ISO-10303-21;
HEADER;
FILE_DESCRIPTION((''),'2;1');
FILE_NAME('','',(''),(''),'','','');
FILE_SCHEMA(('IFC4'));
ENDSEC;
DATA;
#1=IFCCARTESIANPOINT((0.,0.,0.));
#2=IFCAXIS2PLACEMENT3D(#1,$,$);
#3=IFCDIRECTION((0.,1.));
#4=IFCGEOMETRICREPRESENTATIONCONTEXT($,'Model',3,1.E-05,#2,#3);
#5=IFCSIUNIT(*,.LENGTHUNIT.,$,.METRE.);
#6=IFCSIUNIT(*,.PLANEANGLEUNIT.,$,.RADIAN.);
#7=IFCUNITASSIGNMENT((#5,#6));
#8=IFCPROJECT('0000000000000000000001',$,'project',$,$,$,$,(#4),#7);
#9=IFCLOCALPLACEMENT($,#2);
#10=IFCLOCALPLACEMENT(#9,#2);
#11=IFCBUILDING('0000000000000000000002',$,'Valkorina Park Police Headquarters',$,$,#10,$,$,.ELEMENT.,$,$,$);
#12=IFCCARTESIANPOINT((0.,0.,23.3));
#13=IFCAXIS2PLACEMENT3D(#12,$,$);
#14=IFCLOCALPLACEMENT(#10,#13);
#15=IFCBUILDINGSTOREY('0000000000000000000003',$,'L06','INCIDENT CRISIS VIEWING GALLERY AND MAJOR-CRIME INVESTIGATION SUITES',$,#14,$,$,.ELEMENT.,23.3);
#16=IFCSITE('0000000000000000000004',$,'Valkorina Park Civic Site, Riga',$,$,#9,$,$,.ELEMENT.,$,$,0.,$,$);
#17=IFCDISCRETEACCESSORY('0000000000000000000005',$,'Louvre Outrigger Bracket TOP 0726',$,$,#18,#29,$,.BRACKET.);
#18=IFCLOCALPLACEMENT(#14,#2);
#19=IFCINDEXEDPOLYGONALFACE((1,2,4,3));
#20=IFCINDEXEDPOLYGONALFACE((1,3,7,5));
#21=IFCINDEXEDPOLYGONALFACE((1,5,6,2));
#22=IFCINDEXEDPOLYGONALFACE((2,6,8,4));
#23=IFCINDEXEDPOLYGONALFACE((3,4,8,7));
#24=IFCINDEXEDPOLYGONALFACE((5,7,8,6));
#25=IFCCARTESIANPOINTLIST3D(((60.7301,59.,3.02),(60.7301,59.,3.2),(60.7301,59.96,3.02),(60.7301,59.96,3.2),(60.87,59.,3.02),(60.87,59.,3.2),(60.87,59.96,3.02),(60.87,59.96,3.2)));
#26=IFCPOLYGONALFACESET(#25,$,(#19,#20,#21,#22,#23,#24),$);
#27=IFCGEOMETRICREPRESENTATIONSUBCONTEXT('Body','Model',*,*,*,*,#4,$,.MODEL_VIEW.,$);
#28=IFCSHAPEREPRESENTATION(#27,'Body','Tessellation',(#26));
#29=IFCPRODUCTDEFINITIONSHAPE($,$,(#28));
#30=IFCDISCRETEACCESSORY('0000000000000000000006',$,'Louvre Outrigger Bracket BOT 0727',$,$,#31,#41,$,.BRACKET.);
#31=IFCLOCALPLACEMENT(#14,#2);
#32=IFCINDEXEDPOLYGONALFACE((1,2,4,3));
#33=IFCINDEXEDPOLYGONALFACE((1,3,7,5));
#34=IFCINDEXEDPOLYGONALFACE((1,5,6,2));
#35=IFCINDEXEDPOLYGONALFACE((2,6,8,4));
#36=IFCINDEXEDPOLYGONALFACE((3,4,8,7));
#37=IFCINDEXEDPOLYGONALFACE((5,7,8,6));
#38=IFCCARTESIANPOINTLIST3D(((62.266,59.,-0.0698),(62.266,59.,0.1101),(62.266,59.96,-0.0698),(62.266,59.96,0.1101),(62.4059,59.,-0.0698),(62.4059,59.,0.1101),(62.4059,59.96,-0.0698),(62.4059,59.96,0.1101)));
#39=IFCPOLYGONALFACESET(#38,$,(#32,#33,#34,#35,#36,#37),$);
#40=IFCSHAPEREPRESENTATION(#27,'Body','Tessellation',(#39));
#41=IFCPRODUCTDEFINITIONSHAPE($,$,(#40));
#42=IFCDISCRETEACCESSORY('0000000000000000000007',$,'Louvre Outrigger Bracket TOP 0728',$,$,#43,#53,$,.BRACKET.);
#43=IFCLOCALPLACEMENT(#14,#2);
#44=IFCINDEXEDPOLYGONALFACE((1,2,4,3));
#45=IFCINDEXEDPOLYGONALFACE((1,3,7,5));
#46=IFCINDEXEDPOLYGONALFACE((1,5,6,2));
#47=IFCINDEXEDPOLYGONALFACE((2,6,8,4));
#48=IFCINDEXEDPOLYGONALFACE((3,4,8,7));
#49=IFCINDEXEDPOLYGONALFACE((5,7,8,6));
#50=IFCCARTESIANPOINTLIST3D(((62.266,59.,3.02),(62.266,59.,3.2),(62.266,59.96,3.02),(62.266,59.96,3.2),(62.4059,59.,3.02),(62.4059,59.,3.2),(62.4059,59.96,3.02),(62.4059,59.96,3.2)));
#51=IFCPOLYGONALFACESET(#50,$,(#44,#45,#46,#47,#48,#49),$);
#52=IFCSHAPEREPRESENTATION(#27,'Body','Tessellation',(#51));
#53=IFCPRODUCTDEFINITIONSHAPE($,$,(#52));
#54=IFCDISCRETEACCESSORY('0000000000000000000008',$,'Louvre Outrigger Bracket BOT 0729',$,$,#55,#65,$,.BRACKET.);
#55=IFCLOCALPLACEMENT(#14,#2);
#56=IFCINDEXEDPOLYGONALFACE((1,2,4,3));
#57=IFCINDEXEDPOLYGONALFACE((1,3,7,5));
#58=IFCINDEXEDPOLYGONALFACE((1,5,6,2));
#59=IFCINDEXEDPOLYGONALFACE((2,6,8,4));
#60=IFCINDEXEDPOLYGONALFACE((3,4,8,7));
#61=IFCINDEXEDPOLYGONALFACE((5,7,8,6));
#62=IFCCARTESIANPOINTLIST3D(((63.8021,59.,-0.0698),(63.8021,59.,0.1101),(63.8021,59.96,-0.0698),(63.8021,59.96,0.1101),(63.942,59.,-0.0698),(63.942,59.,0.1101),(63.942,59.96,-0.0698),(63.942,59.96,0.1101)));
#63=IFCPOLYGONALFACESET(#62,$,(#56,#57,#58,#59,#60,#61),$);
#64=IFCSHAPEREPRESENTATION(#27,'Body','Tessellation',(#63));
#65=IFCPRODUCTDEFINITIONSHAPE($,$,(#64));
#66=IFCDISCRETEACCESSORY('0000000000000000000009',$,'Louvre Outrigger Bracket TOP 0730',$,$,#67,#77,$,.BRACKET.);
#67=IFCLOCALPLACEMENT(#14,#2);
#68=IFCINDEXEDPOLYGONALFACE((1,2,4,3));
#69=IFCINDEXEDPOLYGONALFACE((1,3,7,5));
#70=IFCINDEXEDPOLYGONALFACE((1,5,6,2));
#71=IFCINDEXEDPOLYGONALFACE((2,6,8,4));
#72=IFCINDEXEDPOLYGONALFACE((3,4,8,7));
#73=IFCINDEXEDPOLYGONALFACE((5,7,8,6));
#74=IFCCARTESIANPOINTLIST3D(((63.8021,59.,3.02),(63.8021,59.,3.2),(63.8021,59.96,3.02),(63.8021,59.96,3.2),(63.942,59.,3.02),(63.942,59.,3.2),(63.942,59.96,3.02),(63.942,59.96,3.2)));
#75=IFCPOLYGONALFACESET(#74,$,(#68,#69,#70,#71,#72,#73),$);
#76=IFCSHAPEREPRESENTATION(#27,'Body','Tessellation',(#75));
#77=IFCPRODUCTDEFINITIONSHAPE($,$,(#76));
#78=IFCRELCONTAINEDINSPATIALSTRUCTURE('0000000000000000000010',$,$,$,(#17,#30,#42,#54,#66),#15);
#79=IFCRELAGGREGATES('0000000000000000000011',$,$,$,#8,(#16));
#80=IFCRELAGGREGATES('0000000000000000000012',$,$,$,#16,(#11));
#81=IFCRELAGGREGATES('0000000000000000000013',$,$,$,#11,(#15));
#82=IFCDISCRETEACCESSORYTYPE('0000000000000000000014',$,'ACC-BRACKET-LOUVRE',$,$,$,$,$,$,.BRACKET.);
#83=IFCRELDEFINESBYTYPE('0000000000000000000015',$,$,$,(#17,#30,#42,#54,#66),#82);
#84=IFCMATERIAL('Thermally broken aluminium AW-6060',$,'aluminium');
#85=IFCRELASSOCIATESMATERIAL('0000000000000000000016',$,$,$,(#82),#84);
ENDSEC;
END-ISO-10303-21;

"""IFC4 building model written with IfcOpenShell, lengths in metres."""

from ifc_helpers import new_model, si_unit, direction, frame, origin, origin_2d, place, context, subcontext, project, spatial, rectangle, extrude, material, type_object, element, save


model = new_model("IFC4")

# Units and contexts
model_context = context("Model", 3, precision=1e-05, world=origin(), true_north=direction((0.0, 1.0)))
body_context = subcontext(model_context, "Body", "Model", "MODEL_VIEW")
ifc_project = project(units=[si_unit("LENGTHUNIT", "METRE"), si_unit("PLANEANGLEUNIT", "RADIAN")], contexts=[model_context])

# Site, building, storey
site_placement = place(None, origin())
site = spatial("IfcSite", under=ifc_project, at=site_placement, Name="Valkorina Park Civic Site, Riga", CompositionType="ELEMENT", RefElevation=0.0)
building_placement = place(site_placement, origin())
building = spatial("IfcBuilding", under=site, at=building_placement, Name="Valkorina Park Police Headquarters", CompositionType="ELEMENT")
storey_placement = place(building_placement, frame((0.0, 0.0, 23.3)))
storey = spatial("IfcBuildingStorey", under=building, at=storey_placement, Name="L06", Description="INCIDENT CRISIS VIEWING GALLERY AND MAJOR-CRIME INVESTIGATION SUITES", CompositionType="ELEMENT", Elevation=23.3)

# Shared definitions
ifc_material_1 = material(Name="Thermally broken aluminium AW-6060", Category="aluminium")

# Discrete accessories
discrete_accessory_type = type_object("IfcDiscreteAccessoryType", Name="ACC-BRACKET-LOUVRE", PredefinedType="BRACKET", material=ifc_material_1)
for number, where, z_axis, x_axis, name in (
    (1, (60.8, 59.48, 3.02), (0.0, 0.0, 1.0), (0.0, 1.0, 0.0), "Louvre Outrigger Bracket TOP 0726"),
    (2, (62.3359, 59.48, -0.0698), (0.0, 0.0, 1.0), (0.0, 1.0, 0.0), "Louvre Outrigger Bracket BOT 0727"),
    (3, (62.3359, 59.48, 3.02), (0.0, 0.0, 1.0), (0.0, 1.0, 0.0), "Louvre Outrigger Bracket TOP 0728"),
    (4, (63.8721, 59.48, -0.0698), (0.0, 0.0, 1.0), (0.0, 1.0, 0.0), "Louvre Outrigger Bracket BOT 0729"),
    (5, (63.8721, 59.48, 3.02), (0.0, 0.0, 1.0), (0.0, 1.0, 0.0), "Louvre Outrigger Bracket TOP 0730"),
):
    element("IfcDiscreteAccessory", number, at=place(storey_placement, frame(where, z_axis=z_axis, x_axis=x_axis)), inside=storey, type_object=discrete_accessory_type, Name=name, PredefinedType="BRACKET", context=body_context, shape_type="SweptSolid", body=[
        extrude(rectangle(XDim=0.96, YDim=0.1399, at=origin_2d()), origin(), (0.0, 0.0, 1.0), 0.1799),
    ])

save(model, "model.ifc")
